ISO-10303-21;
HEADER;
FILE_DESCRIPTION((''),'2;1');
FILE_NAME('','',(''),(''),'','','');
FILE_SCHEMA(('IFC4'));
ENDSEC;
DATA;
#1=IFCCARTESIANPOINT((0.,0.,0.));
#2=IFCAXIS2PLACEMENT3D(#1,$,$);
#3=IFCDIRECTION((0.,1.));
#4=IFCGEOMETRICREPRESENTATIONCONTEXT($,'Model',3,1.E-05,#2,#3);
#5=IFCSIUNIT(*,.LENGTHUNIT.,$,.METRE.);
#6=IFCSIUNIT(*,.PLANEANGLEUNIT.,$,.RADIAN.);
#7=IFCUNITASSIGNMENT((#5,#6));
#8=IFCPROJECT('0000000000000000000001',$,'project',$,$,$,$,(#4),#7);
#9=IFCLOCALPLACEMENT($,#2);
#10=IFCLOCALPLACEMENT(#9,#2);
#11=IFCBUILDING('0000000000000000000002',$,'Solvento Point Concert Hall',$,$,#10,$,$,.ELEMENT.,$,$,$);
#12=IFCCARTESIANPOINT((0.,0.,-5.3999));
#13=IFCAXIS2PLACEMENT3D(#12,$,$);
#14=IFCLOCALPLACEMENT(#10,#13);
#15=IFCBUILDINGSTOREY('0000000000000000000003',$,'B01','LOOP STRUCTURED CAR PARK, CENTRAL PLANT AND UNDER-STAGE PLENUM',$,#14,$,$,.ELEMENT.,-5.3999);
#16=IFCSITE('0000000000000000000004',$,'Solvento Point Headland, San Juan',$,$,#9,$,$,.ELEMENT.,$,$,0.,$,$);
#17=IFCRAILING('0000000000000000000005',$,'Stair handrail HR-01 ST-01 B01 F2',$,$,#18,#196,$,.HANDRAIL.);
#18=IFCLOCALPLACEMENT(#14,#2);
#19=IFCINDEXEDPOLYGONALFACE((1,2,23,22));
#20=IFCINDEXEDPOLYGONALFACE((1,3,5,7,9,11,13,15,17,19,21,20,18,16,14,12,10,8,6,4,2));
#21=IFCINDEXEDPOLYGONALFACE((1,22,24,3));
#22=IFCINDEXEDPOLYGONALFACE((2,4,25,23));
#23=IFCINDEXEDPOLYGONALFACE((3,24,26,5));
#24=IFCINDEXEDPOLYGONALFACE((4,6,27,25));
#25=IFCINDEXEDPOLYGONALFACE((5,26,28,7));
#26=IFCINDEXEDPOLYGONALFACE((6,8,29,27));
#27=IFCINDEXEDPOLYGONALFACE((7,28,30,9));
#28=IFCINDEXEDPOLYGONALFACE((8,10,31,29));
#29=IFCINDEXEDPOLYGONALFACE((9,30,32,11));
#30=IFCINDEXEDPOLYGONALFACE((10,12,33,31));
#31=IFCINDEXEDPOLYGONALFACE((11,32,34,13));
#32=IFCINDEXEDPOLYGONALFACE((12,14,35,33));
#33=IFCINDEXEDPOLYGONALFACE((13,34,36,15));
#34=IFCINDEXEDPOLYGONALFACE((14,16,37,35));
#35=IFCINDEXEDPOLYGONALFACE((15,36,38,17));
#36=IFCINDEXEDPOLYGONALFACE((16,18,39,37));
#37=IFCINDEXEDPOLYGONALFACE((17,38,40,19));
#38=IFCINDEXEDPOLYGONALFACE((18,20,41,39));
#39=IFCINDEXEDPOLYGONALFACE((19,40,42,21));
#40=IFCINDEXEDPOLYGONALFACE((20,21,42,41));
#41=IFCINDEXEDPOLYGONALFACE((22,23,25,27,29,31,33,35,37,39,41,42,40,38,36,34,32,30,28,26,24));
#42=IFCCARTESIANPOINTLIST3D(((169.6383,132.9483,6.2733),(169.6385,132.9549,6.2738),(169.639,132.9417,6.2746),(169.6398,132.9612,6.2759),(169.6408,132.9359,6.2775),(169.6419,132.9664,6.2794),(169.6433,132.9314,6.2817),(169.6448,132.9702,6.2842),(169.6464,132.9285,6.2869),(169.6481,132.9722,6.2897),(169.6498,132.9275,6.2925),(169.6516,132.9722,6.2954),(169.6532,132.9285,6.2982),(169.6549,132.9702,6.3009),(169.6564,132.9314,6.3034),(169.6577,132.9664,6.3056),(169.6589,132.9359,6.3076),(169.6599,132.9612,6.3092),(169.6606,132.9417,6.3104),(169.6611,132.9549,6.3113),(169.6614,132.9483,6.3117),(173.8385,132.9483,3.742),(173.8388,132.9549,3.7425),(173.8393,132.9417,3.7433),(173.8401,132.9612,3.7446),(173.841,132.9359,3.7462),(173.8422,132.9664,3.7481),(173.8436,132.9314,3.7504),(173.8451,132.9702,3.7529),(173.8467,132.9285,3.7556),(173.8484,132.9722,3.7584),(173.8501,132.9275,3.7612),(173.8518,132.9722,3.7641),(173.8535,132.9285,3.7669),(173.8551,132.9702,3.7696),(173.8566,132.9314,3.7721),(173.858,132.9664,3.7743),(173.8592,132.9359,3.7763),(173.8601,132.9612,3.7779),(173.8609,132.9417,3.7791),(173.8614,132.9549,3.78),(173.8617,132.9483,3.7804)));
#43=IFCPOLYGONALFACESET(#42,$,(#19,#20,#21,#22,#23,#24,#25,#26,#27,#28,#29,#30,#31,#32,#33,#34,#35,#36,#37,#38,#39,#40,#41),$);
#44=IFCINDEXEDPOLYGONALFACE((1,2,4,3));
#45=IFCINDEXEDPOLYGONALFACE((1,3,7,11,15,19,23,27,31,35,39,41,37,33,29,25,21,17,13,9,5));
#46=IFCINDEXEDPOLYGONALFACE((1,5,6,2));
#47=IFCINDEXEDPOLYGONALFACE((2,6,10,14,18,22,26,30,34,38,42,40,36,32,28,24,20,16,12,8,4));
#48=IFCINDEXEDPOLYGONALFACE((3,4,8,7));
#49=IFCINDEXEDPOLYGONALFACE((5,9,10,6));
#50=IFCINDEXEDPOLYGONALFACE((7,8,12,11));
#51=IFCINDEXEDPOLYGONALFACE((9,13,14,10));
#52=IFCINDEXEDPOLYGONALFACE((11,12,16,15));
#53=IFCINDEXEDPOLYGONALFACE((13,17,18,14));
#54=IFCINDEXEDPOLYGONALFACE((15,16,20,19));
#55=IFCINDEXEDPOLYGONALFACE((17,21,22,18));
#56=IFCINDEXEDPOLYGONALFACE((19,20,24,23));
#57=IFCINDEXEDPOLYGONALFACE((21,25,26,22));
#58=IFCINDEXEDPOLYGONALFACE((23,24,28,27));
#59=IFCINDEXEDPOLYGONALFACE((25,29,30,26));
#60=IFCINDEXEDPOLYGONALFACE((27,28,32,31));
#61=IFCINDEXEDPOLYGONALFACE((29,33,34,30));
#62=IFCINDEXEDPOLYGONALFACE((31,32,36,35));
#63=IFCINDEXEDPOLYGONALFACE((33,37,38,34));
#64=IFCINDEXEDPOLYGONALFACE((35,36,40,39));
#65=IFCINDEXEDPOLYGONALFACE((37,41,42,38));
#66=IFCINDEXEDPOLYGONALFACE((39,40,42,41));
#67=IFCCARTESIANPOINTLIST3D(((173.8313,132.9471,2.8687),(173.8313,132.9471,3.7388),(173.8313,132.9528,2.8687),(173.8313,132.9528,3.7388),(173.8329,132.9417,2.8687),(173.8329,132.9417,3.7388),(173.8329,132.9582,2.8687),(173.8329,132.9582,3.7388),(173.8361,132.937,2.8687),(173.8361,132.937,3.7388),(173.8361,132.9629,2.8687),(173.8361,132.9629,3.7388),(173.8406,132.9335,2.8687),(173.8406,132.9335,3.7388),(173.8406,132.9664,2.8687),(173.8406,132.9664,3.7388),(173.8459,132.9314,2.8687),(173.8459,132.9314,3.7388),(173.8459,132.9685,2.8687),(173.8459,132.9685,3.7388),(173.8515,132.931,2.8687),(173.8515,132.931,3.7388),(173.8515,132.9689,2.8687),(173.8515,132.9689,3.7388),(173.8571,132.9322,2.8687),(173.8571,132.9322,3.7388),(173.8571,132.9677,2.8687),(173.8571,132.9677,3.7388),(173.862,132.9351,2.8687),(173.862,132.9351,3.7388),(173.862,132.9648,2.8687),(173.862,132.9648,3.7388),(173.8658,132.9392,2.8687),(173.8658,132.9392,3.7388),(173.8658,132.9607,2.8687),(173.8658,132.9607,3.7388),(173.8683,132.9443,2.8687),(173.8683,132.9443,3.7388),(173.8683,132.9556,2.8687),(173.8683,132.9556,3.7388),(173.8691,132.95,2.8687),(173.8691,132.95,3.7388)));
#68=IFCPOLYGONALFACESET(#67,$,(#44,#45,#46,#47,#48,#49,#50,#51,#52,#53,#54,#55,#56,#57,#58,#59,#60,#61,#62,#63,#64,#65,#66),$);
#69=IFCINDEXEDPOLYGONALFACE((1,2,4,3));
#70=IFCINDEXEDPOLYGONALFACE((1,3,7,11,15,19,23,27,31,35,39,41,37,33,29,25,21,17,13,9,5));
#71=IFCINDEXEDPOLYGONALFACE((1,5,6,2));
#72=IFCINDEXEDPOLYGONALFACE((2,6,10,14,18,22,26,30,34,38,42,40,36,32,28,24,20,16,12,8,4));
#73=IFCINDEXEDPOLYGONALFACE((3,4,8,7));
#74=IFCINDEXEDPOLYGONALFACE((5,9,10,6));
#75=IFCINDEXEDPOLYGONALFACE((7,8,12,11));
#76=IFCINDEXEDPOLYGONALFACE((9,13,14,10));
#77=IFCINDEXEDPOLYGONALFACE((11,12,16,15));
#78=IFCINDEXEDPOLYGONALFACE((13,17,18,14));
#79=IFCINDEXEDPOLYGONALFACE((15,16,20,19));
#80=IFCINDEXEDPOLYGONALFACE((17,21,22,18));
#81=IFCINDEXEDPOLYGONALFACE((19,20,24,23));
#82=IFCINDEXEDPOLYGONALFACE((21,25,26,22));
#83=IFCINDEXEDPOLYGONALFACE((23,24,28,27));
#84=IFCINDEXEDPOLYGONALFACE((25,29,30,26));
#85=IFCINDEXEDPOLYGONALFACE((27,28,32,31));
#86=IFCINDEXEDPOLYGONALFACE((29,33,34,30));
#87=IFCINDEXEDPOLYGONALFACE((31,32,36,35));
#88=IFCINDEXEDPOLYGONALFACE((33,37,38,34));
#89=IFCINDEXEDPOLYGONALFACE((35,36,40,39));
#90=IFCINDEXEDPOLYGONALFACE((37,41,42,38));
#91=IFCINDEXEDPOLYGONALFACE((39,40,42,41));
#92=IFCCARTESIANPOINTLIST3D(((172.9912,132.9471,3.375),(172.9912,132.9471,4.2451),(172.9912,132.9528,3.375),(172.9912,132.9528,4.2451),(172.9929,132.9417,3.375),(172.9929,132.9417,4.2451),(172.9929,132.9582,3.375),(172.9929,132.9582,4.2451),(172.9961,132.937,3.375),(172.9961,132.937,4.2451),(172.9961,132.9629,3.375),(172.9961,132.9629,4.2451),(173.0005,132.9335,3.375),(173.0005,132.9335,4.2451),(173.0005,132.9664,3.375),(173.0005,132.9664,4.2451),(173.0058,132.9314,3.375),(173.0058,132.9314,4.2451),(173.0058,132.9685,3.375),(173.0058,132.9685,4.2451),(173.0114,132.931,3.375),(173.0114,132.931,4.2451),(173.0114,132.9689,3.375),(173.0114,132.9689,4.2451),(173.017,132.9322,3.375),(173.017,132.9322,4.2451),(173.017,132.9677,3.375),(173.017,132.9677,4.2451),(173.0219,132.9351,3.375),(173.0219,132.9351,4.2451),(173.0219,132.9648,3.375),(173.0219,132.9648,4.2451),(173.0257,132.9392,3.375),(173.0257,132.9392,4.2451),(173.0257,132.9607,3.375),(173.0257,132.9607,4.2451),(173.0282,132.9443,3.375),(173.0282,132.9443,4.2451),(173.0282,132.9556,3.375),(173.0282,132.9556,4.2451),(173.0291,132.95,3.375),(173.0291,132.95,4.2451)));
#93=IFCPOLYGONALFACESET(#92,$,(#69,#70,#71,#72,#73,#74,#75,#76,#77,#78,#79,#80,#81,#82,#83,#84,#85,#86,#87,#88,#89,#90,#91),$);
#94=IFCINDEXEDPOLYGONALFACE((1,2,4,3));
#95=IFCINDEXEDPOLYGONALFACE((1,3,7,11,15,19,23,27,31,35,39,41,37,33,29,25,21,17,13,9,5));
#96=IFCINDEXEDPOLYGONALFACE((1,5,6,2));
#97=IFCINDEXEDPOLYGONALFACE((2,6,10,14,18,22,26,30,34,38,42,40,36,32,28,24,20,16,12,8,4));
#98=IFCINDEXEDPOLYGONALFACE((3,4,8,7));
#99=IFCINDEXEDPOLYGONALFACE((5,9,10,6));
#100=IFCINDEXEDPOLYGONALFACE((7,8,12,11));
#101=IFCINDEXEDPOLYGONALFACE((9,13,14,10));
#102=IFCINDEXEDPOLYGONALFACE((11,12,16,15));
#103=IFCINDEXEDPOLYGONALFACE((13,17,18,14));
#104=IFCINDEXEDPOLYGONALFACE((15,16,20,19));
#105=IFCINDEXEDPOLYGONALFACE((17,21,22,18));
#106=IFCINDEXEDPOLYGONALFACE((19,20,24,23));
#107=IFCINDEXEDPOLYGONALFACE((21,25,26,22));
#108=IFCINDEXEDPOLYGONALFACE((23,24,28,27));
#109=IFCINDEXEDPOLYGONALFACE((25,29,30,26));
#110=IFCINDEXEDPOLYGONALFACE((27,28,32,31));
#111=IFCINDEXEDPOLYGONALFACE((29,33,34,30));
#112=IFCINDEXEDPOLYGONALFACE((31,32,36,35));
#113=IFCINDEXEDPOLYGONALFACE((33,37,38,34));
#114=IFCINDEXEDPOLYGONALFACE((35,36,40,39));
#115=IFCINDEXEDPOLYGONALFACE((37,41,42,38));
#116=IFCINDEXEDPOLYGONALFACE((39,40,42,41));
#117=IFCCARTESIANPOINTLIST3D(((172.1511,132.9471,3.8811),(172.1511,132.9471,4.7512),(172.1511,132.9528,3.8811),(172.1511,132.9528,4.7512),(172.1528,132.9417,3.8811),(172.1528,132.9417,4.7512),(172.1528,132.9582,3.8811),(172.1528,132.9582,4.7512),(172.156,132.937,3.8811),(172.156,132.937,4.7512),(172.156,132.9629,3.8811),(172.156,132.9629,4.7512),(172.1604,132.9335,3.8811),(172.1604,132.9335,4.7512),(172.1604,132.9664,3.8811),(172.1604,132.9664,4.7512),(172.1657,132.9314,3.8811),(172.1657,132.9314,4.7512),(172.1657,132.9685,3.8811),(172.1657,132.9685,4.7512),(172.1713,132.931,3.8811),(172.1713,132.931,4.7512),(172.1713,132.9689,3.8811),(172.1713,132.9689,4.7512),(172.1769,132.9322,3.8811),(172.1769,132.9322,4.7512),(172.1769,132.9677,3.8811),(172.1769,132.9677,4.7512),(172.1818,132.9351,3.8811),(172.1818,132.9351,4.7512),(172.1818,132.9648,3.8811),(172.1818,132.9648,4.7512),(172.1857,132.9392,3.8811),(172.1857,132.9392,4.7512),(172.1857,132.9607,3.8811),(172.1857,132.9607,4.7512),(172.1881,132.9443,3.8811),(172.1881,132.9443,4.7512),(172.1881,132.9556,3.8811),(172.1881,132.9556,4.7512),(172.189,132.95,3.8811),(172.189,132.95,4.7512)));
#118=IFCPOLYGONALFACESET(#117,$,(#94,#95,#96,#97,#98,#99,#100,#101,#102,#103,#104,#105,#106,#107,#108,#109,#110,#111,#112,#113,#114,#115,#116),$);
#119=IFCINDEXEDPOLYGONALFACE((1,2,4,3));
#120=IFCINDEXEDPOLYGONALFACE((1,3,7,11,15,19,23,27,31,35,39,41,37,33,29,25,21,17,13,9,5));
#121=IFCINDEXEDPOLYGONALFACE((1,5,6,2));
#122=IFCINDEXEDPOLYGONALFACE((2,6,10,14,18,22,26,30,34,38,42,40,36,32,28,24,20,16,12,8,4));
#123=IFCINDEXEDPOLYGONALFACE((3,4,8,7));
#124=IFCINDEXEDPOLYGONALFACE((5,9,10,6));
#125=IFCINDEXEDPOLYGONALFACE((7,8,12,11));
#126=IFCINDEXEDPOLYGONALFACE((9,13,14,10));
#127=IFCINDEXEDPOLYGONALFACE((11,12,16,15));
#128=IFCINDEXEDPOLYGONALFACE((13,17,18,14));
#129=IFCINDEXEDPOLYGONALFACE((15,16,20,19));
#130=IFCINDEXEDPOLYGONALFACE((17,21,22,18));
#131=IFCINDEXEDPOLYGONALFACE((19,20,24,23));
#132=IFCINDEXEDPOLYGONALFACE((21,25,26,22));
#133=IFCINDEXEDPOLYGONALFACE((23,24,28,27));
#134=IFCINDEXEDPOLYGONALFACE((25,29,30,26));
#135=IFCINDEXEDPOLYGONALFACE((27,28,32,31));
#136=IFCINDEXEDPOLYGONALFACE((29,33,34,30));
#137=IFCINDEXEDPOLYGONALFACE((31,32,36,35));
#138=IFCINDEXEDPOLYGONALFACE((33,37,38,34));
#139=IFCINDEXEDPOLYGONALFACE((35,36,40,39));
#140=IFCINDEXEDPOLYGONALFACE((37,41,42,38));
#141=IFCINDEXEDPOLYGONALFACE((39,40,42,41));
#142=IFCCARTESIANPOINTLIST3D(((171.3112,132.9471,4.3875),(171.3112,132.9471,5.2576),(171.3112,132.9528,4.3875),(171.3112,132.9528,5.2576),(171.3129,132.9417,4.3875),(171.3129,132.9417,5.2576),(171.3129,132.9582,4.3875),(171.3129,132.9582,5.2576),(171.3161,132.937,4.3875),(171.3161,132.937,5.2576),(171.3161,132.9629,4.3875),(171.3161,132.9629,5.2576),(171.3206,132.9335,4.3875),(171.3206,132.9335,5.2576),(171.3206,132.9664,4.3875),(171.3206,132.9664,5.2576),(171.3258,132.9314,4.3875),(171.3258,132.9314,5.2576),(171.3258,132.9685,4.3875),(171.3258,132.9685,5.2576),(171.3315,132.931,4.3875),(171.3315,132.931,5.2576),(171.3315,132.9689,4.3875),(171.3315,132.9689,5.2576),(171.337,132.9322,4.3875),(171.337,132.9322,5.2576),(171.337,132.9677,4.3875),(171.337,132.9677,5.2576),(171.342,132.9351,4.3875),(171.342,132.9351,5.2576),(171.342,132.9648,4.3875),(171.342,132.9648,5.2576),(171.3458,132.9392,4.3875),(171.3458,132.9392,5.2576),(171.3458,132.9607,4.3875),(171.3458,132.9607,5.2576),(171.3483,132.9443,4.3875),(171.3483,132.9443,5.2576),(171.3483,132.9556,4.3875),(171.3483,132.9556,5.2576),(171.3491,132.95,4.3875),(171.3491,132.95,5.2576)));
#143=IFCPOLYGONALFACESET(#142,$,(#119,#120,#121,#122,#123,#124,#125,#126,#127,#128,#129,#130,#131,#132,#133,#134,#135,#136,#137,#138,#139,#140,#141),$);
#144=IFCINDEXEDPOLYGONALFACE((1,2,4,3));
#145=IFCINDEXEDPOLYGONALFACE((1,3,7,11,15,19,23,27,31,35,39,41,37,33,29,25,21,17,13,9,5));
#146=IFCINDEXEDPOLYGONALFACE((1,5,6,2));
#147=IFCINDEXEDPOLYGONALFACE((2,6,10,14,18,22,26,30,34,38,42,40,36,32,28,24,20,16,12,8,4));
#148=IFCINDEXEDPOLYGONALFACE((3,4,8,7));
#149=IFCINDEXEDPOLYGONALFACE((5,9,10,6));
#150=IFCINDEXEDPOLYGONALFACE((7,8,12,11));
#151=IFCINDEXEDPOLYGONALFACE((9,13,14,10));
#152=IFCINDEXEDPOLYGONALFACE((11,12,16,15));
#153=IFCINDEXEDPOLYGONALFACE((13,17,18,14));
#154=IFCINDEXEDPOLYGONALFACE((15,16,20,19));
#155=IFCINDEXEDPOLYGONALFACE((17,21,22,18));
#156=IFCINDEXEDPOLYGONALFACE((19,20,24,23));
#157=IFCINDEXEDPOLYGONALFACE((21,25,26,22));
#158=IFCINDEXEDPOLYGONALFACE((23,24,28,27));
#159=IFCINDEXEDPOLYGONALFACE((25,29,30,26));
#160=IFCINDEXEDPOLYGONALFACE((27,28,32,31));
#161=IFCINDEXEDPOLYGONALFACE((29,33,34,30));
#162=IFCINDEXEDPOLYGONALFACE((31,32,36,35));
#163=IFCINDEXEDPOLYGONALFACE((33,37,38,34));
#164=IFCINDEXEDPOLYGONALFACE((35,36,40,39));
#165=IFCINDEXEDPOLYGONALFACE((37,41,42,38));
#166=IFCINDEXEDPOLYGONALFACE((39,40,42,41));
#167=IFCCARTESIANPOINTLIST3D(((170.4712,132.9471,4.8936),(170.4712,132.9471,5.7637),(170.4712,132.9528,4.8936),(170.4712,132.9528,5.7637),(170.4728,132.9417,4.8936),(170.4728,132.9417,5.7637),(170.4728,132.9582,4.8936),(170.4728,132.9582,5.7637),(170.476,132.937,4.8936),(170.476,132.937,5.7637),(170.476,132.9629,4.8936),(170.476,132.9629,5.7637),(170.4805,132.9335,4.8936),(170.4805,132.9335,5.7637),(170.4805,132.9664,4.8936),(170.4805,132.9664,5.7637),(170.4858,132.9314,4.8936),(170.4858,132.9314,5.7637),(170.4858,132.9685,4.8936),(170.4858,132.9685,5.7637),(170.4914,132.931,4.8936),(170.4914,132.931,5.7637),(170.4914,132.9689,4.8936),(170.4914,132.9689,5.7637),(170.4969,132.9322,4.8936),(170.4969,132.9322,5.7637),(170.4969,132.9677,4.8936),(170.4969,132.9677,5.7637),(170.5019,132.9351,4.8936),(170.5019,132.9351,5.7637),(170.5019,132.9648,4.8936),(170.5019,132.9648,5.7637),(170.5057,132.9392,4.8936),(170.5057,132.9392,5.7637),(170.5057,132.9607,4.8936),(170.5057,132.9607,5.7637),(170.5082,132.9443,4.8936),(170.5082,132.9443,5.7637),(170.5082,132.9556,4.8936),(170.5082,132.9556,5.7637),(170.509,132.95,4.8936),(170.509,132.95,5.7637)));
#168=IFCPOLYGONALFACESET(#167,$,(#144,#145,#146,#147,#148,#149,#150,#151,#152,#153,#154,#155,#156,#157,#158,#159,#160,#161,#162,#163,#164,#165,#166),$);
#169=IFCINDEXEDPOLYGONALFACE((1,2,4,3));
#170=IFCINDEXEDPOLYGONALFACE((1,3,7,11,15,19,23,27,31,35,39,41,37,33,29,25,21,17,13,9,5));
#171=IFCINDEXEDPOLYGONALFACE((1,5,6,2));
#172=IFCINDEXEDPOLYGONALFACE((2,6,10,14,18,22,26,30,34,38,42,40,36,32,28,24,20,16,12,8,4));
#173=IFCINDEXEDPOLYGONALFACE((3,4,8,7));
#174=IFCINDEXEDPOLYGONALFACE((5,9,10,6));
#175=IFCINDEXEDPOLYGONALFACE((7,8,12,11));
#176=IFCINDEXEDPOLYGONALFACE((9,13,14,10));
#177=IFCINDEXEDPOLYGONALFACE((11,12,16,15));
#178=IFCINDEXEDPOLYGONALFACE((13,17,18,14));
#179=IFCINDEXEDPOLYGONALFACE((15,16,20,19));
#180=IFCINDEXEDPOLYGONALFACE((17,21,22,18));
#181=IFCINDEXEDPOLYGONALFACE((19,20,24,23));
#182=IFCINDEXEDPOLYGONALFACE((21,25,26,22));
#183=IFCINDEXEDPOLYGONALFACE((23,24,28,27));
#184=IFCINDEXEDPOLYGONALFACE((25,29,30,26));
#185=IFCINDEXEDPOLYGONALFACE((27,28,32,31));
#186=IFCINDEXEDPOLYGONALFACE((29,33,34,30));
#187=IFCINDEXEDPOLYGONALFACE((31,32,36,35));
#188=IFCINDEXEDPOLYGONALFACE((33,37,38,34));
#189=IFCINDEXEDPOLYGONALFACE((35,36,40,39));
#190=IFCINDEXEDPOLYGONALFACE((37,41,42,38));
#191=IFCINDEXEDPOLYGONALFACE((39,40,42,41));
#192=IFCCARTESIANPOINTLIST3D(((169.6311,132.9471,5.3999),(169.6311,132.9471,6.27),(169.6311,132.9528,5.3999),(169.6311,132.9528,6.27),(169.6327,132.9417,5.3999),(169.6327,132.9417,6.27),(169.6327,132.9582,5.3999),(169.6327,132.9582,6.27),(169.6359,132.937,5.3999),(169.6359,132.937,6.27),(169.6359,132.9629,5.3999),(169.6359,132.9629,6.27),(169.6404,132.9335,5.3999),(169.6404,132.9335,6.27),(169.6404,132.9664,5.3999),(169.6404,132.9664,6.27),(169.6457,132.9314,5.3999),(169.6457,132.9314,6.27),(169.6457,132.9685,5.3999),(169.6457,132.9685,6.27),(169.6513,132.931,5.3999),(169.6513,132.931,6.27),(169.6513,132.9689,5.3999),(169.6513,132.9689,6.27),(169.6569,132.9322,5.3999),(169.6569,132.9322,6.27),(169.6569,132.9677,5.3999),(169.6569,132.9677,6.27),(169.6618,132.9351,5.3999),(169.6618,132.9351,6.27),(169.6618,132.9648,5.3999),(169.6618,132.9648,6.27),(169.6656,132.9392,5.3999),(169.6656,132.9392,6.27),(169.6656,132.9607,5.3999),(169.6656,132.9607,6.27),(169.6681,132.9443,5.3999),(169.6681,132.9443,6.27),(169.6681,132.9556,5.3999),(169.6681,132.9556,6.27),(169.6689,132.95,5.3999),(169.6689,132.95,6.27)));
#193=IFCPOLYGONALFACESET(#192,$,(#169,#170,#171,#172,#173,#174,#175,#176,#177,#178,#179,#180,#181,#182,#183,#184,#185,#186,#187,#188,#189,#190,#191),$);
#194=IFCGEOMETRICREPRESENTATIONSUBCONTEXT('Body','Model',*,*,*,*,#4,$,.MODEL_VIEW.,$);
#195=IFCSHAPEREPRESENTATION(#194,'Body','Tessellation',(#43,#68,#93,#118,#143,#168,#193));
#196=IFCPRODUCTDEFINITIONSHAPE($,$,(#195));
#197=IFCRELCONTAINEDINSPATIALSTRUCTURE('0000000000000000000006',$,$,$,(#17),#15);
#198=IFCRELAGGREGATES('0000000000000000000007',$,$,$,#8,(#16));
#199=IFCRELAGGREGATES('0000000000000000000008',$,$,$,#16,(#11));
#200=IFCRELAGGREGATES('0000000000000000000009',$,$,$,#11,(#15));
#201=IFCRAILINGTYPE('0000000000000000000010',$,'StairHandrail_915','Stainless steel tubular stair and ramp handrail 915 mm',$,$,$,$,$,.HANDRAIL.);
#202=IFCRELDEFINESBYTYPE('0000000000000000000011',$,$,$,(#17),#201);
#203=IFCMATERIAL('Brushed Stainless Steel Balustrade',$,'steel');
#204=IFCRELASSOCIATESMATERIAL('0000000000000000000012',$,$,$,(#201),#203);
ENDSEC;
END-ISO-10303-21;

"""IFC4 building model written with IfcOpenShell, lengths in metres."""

from ifc_helpers import new_model, si_unit, direction, frame, origin, origin_2d, place, context, subcontext, project, spatial, circle, extrude, material, type_object, element, save


model = new_model("IFC4")

# Units and contexts
model_context = context("Model", 3, precision=1e-05, world=origin(), true_north=direction((0.0, 1.0)))
body_context = subcontext(model_context, "Body", "Model", "MODEL_VIEW")
ifc_project = project(units=[si_unit("LENGTHUNIT", "METRE"), si_unit("PLANEANGLEUNIT", "RADIAN")], contexts=[model_context])

# Site, building, storey
site_placement = place(None, origin())
site = spatial("IfcSite", under=ifc_project, at=site_placement, Name="Solvento Point Headland, San Juan", CompositionType="ELEMENT", RefElevation=0.0)
building_placement = place(site_placement, origin())
building = spatial("IfcBuilding", under=site, at=building_placement, Name="Solvento Point Concert Hall", CompositionType="ELEMENT")
storey_placement = place(building_placement, frame((0.0, 0.0, -5.3999)))
storey = spatial("IfcBuildingStorey", under=building, at=storey_placement, Name="B01", Description="LOOP STRUCTURED CAR PARK, CENTRAL PLANT AND UNDER-STAGE PLENUM", CompositionType="ELEMENT", Elevation=-5.3999)

# Railing
ifc_material_1 = material(Name="Brushed Stainless Steel Balustrade", Category="steel")
railing_type_1 = type_object("IfcRailingType", Name="StairHandrail_915", Description="Stainless steel tubular stair and ramp handrail 915 mm", PredefinedType="HANDRAIL", material=ifc_material_1)
railing_1_placement = place(storey_placement, frame((173.8501, 132.95, 2.8687)))
element("IfcRailing", 1, at=railing_1_placement, inside=storey, type_object=railing_type_1, Name="Stair handrail HR-01 ST-01 B01 F2", PredefinedType="HANDRAIL", context=body_context, shape_type="SweptSolid", body=[
    extrude(circle(Radius=0.0225, at=origin_2d()), frame((0.0, 0.0, 0.8926), z_axis=(-0.85649, 0.0, 0.516164), x_axis=(0.0, -1.0, 0.0)), (0.0, 0.0, 1.0), 4.9041),
    extrude(circle(Radius=0.019, at=origin_2d()), origin(), (0.0, 0.0, 1.0), 0.8701),
    extrude(circle(Radius=0.019, at=origin_2d()), frame((-0.8401, 0.0, 0.5063)), (0.0, 0.0, 1.0), 0.8701),
    extrude(circle(Radius=0.019, at=origin_2d()), frame((-1.6802, 0.0, 1.0125)), (0.0, 0.0, 1.0), 0.8701),
    extrude(circle(Radius=0.019, at=origin_2d()), frame((-2.52, 0.0, 1.5188)), (0.0, 0.0, 1.0), 0.8701),
    extrude(circle(Radius=0.019, at=origin_2d()), frame((-3.3601, 0.0, 2.0249)), (0.0, 0.0, 1.0), 0.8701),
    extrude(circle(Radius=0.019, at=origin_2d()), frame((-4.2002, 0.0, 2.5312)), (0.0, 0.0, 1.0), 0.8701),
])

save(model, "model.ifc")
